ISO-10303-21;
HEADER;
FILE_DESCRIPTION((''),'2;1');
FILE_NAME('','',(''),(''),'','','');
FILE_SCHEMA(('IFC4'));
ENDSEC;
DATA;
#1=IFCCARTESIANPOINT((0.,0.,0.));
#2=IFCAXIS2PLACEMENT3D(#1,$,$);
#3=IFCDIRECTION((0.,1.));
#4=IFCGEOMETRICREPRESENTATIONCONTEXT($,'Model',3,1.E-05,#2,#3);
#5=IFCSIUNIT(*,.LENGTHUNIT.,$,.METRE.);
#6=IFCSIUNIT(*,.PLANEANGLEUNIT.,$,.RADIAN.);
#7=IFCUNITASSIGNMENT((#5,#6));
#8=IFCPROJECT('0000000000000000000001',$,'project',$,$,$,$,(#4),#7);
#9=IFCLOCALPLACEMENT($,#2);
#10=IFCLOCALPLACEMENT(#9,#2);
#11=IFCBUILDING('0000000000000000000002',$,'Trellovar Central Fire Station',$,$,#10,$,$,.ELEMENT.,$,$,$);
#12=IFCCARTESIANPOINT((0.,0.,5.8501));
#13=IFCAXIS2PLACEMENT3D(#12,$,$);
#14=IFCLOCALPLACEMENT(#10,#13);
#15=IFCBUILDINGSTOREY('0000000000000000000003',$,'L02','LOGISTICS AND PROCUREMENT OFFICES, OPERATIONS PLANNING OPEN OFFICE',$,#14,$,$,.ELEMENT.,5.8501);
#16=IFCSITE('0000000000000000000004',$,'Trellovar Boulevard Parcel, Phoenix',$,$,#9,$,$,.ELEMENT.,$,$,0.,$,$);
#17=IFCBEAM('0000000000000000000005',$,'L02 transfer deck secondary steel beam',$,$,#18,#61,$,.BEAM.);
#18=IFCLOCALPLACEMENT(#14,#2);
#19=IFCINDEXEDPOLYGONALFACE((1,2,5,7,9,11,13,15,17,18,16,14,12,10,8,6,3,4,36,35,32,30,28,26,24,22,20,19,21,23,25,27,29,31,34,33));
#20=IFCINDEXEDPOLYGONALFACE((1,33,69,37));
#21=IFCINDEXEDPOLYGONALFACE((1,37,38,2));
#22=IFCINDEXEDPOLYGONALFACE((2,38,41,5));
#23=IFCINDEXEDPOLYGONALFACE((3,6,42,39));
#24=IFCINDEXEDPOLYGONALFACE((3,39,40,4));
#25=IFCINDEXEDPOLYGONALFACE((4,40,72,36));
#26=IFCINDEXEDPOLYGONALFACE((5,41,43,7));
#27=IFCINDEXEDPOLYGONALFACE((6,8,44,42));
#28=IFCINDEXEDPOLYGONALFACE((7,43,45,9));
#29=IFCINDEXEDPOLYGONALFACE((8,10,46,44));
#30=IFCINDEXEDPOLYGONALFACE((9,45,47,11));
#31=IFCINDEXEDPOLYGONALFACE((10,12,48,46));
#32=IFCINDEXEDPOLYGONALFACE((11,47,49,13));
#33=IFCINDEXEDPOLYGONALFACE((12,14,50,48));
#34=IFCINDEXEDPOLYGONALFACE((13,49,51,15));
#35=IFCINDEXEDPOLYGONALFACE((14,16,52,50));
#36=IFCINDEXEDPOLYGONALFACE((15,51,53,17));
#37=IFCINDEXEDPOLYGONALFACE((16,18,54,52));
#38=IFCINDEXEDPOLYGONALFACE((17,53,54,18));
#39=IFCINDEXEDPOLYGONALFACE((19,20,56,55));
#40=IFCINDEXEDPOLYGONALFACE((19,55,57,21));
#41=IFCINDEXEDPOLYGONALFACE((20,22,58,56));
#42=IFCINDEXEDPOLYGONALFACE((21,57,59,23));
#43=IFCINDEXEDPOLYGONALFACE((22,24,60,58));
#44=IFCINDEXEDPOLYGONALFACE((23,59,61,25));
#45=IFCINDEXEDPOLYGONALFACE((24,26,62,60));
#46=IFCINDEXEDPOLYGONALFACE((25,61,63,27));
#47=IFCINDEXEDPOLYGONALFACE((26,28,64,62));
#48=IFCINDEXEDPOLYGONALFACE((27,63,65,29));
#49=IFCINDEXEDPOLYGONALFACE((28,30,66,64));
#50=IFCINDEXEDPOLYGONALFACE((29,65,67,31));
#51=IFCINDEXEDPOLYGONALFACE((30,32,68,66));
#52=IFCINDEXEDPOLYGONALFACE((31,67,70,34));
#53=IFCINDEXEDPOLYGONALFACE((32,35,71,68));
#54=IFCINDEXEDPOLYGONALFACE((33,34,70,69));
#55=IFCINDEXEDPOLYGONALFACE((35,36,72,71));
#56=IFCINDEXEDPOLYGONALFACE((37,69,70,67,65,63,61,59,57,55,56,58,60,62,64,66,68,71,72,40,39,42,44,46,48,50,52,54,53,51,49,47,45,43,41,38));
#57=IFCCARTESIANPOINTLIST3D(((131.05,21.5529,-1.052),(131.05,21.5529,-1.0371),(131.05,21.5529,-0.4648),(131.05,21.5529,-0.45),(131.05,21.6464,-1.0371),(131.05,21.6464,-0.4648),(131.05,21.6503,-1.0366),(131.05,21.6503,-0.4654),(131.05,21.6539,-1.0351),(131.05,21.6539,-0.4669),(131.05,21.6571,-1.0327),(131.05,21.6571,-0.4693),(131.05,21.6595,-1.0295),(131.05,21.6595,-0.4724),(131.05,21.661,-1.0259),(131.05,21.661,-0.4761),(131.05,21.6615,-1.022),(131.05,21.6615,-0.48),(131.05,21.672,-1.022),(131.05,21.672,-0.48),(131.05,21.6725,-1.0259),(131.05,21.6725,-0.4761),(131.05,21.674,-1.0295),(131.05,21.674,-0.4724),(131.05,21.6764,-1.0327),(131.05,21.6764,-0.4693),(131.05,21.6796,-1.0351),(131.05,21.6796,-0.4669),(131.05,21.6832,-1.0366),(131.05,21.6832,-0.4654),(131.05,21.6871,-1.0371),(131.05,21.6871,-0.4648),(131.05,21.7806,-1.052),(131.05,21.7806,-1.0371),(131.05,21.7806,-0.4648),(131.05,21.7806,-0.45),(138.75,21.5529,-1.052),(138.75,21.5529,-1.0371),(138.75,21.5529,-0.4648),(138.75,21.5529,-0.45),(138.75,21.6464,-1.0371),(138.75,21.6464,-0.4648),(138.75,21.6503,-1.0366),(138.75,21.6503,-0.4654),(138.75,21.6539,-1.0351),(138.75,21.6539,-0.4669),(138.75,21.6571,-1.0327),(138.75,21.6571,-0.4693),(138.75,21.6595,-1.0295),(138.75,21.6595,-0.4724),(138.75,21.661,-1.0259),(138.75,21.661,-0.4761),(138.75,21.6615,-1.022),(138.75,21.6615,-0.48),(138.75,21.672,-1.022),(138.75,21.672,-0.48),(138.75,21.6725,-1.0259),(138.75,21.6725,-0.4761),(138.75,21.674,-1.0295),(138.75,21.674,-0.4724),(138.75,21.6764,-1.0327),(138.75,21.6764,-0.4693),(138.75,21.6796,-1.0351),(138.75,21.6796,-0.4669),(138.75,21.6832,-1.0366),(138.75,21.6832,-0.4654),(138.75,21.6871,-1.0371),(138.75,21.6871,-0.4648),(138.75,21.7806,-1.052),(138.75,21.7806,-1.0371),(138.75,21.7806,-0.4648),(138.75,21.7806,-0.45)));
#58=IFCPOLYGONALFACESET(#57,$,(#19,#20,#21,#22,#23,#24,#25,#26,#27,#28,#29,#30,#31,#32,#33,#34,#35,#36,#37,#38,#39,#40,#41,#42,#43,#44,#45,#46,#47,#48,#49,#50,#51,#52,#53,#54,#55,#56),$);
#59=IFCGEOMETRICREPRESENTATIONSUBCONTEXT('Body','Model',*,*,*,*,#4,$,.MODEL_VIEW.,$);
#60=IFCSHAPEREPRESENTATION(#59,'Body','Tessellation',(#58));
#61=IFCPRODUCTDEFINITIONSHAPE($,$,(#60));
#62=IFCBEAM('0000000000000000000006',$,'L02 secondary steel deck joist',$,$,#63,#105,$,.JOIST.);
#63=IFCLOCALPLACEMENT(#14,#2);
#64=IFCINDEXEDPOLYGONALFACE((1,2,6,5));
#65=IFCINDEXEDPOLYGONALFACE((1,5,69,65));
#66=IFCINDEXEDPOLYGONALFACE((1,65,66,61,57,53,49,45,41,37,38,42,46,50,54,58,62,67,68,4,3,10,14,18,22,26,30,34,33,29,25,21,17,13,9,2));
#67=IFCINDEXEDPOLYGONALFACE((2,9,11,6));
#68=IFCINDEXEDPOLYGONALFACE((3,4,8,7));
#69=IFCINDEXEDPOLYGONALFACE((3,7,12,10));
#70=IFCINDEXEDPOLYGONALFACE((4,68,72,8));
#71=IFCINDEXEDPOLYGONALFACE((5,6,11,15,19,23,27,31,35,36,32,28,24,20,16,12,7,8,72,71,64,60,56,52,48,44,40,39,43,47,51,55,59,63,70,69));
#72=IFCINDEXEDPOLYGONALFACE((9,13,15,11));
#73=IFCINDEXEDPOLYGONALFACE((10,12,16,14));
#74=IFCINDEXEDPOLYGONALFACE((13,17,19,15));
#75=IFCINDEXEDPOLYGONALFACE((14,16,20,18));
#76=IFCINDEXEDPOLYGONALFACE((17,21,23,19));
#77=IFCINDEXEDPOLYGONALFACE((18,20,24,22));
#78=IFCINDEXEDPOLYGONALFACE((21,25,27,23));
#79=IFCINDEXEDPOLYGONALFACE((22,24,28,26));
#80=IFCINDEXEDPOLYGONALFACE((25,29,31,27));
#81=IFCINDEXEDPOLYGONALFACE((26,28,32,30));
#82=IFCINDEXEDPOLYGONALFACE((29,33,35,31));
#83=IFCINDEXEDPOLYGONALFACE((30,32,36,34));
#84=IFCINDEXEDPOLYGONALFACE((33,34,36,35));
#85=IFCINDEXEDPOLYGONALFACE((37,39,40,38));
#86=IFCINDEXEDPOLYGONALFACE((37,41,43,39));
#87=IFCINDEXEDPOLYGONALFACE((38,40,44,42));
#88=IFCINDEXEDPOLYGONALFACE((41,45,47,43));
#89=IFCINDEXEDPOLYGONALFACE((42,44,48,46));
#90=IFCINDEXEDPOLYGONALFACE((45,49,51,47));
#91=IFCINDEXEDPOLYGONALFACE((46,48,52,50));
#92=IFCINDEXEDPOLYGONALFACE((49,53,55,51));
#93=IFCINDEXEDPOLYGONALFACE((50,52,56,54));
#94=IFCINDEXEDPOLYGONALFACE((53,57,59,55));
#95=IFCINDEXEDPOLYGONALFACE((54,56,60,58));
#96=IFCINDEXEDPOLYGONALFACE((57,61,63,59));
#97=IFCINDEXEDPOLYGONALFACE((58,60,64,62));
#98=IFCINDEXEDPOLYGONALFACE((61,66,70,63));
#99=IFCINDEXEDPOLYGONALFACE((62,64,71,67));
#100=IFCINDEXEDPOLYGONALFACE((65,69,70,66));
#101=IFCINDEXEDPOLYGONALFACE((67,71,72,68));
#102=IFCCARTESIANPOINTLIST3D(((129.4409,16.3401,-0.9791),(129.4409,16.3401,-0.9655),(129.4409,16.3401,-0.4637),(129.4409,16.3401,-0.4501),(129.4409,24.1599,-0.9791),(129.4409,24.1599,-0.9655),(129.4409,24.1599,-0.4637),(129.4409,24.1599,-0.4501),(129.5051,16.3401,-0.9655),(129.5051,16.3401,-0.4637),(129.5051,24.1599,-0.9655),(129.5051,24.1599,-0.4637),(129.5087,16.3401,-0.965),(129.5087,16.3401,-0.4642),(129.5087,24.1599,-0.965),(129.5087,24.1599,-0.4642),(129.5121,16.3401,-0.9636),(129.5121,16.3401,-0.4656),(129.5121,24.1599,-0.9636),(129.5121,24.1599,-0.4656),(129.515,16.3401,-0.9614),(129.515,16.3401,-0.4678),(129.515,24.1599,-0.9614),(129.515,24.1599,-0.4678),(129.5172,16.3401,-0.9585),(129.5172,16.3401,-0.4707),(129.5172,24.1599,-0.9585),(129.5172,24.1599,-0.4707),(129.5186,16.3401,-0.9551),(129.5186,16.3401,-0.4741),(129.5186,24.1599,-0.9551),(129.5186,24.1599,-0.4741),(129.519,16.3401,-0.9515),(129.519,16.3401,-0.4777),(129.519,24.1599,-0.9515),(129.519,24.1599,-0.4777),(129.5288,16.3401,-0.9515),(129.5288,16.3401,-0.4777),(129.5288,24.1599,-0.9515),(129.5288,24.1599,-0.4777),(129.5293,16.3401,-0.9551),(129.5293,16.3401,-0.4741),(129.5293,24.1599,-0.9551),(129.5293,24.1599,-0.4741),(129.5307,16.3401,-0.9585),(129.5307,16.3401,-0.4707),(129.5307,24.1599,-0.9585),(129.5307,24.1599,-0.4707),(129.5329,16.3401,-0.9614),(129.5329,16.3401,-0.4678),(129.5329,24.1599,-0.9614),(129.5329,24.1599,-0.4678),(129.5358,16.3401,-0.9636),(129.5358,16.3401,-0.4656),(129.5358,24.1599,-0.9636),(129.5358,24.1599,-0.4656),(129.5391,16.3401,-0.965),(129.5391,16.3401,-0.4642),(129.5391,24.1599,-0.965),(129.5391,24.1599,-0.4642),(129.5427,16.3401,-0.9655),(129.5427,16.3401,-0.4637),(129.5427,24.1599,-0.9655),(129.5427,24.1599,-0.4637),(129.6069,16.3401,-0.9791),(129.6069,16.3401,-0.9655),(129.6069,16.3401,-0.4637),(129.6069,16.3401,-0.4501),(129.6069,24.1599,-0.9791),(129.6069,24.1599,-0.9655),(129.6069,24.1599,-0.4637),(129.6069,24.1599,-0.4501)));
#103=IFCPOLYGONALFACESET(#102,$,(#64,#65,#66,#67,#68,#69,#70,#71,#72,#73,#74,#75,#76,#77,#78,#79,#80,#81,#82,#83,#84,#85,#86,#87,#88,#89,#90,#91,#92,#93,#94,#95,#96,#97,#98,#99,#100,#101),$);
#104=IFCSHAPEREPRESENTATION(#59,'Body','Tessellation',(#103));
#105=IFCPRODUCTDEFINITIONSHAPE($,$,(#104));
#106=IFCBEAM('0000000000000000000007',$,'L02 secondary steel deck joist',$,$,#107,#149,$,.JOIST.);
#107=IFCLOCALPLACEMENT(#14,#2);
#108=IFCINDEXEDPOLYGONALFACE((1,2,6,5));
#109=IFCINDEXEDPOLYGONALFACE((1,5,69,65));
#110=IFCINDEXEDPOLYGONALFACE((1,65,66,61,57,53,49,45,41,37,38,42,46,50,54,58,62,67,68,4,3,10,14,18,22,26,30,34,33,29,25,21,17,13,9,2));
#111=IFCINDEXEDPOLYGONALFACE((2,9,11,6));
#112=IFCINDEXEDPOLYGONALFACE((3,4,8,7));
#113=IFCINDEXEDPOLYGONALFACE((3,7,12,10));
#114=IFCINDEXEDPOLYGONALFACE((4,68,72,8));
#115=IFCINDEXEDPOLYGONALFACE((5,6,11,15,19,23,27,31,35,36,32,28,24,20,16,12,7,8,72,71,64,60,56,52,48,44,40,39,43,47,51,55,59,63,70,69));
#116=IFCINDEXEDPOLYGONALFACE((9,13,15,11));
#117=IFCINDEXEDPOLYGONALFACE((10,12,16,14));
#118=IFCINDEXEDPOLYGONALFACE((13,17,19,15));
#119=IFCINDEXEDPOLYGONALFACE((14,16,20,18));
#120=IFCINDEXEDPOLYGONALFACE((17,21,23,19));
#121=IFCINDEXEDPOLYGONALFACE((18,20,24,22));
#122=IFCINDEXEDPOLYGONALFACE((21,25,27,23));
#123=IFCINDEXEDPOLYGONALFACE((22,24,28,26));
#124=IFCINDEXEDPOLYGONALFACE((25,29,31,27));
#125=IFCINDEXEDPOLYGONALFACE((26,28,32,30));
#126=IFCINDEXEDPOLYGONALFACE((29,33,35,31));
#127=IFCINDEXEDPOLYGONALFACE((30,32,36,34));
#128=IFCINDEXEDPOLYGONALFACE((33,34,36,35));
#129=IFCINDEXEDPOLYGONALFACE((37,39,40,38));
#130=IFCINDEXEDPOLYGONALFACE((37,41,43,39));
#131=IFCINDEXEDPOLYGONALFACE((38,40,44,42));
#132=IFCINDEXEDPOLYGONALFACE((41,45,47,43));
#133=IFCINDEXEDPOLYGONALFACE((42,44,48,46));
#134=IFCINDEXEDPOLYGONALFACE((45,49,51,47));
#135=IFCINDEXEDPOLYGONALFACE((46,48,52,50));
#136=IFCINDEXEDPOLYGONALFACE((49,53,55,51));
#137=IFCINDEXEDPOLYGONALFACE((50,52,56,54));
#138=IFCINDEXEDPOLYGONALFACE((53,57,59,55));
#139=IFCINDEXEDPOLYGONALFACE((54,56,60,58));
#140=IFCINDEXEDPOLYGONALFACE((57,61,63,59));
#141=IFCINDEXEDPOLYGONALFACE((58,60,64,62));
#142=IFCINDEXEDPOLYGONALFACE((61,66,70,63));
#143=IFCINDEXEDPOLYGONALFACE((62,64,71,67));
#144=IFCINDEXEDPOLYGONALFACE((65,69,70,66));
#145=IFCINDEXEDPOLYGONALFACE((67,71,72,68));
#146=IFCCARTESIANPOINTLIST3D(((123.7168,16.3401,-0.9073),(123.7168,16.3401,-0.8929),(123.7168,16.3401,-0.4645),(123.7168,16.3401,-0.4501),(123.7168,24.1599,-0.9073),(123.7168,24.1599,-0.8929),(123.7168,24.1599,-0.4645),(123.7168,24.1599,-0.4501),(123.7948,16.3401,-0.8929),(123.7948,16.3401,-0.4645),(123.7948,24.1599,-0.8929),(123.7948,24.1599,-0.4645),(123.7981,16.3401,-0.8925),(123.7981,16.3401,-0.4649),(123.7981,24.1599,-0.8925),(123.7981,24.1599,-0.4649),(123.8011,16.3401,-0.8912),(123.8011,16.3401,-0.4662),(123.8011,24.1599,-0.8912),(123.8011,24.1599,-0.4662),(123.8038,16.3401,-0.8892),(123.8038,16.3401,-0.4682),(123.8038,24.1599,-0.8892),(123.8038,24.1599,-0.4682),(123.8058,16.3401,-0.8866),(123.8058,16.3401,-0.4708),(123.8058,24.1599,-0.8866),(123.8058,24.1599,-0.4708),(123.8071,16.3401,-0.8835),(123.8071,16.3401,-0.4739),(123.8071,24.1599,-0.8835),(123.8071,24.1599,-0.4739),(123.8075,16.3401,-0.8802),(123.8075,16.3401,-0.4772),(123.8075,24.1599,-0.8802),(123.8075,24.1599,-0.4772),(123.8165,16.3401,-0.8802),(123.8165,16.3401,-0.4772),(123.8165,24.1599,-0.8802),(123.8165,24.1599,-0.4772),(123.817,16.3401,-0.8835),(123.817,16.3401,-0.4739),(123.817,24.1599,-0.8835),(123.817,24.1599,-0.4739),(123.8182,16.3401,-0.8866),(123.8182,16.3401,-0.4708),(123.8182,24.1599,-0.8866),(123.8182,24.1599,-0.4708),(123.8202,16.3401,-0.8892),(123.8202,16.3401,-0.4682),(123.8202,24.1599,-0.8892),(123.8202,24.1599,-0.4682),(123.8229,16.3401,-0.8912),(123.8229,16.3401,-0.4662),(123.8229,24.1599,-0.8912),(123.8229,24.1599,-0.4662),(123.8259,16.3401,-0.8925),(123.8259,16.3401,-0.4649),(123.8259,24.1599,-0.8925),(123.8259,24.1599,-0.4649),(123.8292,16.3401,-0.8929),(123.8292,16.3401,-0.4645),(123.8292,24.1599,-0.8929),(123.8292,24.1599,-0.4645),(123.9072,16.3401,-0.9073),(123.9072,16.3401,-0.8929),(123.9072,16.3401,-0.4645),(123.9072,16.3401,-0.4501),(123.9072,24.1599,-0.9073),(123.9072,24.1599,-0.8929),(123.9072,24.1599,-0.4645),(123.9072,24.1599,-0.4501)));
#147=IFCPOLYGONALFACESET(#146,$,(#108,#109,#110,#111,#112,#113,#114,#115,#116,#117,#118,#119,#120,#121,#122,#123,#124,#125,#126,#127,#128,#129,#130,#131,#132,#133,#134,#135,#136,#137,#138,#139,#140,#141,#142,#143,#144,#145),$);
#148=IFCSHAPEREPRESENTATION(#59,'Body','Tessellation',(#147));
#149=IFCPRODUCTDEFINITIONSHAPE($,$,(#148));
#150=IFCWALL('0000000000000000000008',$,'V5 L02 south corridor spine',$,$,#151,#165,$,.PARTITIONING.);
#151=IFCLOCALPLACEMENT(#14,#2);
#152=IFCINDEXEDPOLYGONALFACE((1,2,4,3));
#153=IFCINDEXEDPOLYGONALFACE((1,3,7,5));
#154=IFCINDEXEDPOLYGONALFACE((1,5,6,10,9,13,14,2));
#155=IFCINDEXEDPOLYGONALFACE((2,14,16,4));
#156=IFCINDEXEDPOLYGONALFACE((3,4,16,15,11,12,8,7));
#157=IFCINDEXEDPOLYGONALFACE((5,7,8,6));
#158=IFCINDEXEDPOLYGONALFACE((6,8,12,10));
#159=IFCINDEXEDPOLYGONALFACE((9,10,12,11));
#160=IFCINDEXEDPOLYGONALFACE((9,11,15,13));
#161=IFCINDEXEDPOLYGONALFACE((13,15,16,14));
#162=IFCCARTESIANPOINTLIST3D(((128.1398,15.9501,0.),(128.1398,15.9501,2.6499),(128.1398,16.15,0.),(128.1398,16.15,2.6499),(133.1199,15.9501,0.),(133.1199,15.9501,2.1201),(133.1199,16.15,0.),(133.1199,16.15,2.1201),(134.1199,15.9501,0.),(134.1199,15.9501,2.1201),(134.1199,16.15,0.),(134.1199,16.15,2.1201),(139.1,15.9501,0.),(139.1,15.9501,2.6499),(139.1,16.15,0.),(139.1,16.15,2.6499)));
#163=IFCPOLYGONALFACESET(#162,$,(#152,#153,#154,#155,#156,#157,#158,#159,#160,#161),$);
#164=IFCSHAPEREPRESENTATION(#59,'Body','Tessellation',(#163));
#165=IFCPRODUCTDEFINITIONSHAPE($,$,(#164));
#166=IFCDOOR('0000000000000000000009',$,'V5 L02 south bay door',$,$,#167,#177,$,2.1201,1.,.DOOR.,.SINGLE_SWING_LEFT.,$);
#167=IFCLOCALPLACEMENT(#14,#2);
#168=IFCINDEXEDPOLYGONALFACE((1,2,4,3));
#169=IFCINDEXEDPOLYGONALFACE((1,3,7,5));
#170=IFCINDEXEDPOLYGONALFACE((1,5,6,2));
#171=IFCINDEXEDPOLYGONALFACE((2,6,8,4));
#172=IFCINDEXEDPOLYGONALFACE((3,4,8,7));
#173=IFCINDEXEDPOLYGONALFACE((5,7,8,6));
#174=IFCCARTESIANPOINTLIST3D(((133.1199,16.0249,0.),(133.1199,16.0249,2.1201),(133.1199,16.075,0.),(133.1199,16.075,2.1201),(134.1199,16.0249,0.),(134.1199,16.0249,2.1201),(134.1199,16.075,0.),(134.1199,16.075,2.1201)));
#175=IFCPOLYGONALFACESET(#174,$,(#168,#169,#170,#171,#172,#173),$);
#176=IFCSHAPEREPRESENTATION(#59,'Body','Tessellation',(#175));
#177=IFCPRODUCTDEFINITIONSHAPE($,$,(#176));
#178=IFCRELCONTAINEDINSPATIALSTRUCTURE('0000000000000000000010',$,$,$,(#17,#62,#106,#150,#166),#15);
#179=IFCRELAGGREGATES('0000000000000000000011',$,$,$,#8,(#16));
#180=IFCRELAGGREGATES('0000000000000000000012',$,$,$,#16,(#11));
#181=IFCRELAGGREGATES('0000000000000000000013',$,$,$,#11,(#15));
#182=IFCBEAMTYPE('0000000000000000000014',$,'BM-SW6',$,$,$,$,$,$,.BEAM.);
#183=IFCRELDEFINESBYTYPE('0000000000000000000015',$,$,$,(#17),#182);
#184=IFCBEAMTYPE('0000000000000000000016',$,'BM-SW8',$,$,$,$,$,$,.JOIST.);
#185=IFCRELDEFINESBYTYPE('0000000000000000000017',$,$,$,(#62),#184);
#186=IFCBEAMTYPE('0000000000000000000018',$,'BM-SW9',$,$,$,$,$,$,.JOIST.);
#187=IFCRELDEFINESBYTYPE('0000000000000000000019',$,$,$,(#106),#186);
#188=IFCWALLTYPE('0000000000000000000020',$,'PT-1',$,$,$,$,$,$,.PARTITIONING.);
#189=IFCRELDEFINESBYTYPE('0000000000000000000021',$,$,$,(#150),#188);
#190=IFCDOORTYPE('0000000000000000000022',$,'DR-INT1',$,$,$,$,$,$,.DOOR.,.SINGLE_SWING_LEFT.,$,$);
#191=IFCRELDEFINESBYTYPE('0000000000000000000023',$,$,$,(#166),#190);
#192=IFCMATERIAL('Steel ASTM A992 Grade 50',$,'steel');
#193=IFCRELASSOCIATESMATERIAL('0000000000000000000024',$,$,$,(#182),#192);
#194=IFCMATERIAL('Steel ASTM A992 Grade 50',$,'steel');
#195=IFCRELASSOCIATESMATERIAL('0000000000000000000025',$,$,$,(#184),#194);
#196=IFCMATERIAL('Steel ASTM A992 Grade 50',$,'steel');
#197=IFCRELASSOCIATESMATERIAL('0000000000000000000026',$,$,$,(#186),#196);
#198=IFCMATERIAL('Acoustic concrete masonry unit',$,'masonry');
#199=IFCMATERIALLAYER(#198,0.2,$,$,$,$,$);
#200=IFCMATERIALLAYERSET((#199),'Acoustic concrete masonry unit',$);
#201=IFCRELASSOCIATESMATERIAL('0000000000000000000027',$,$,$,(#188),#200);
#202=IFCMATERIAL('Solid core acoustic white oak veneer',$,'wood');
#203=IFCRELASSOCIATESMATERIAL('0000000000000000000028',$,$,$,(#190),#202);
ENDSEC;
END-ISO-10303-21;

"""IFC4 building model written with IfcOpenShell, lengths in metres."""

from ifc_helpers import new_model, si_unit, direction, frame, frame_2d, origin, origin_2d, place, context, subcontext, project, spatial, rectangle, i_section, extrude, material, layer, layer_set, material_profile, profile_set, type_object, element, fill, save


model = new_model("IFC4")

# Units and contexts
model_context = context("Model", 3, precision=1e-05, world=origin(), true_north=direction((0.0, 1.0)))
body_context = subcontext(model_context, "Body", "Model", "MODEL_VIEW")
ifc_project = project(units=[si_unit("LENGTHUNIT", "METRE"), si_unit("PLANEANGLEUNIT", "RADIAN")], contexts=[model_context])

# Site, building, storey
site_placement = place(None, origin())
site = spatial("IfcSite", under=ifc_project, at=site_placement, Name="Trellovar Boulevard Parcel, Phoenix", CompositionType="ELEMENT", RefElevation=0.0)
building_placement = place(site_placement, origin())
building = spatial("IfcBuilding", under=site, at=building_placement, Name="Trellovar Central Fire Station", CompositionType="ELEMENT")
storey_placement = place(building_placement, frame((0.0, 0.0, 5.8501)))
storey = spatial("IfcBuildingStorey", under=building, at=storey_placement, Name="L02", Description="LOGISTICS AND PROCUREMENT OFFICES, OPERATIONS PLANNING OPEN OFFICE", CompositionType="ELEMENT", Elevation=5.8501)

# Beams
ifc_material_1 = material(Name="Steel ASTM A992 Grade 50", Category="steel")
ifc_material_profile_1 = material_profile(ifc_material_1, i_section(OverallWidth=0.2278, OverallDepth=0.6021, WebThickness=0.0105, FlangeThickness=0.0149, FilletRadius=0.0151, at=origin_2d()), Name="W24X68")
ifc_profile_set_1 = profile_set([ifc_material_profile_1], Name="Steel ASTM A992 Grade 50")
beam_type_1 = type_object("IfcBeamType", Name="BM-SW6", PredefinedType="BEAM", material=ifc_profile_set_1)
for number, where, z_axis, x_axis, name in (
    (1, (131.05, 21.6667, -0.751), (1.0, 0.0, 0.0), (0.0, 1.0, 0.0), "L02 transfer deck secondary steel beam"),
):
    element("IfcBeam", number, at=place(storey_placement, frame(where, z_axis=z_axis, x_axis=x_axis)), inside=storey, type_object=beam_type_1, Name=name, PredefinedType="BEAM", context=body_context, shape_type="SweptSolid", body=[
        extrude(i_section(OverallWidth=0.2278, OverallDepth=0.6021, WebThickness=0.0105, FlangeThickness=0.0149, FilletRadius=0.0151, at=origin_2d()), origin(), (0.0, 0.0, 1.0), 7.7),
    ])
ifc_material_2 = material(Name="Steel ASTM A992 Grade 50", Category="steel")
ifc_material_profile_2 = material_profile(ifc_material_2, i_section(OverallWidth=0.166, OverallDepth=0.5291, WebThickness=0.0098, FlangeThickness=0.0137, FilletRadius=0.0139, at=origin_2d()), Name="W21X50")
ifc_profile_set_2 = profile_set([ifc_material_profile_2], Name="Steel ASTM A992 Grade 50")
beam_type_2 = type_object("IfcBeamType", Name="BM-SW8", PredefinedType="JOIST", material=ifc_profile_set_2)
beam_1_placement = place(storey_placement, frame((129.5239, 16.3401, -0.7146), z_axis=(0.0, 1.0, 0.0), x_axis=(-1.0, 0.0, 0.0)))
element("IfcBeam", 2, at=beam_1_placement, inside=storey, type_object=beam_type_2, Name="L02 secondary steel deck joist", PredefinedType="JOIST", context=body_context, shape_type="SweptSolid", body=[
    extrude(i_section(OverallWidth=0.166, OverallDepth=0.5291, WebThickness=0.0098, FlangeThickness=0.0137, FilletRadius=0.0139, at=origin_2d()), origin(), (0.0, 0.0, 1.0), 7.8198),
])
ifc_material_3 = material(Name="Steel ASTM A992 Grade 50", Category="steel")
ifc_material_profile_3 = material_profile(ifc_material_3, i_section(OverallWidth=0.1904, OverallDepth=0.4573, WebThickness=0.009, FlangeThickness=0.0144, FilletRadius=0.0127, at=origin_2d()), Name="W18X50")
ifc_profile_set_3 = profile_set([ifc_material_profile_3], Name="Steel ASTM A992 Grade 50")
beam_type_3 = type_object("IfcBeamType", Name="BM-SW9", PredefinedType="JOIST", material=ifc_profile_set_3)
beam_2_placement = place(storey_placement, frame((123.812, 16.3401, -0.6787), z_axis=(0.0, 1.0, 0.0), x_axis=(-1.0, 0.0, 0.0)))
element("IfcBeam", 3, at=beam_2_placement, inside=storey, type_object=beam_type_3, Name="L02 secondary steel deck joist", PredefinedType="JOIST", context=body_context, shape_type="SweptSolid", body=[
    extrude(i_section(OverallWidth=0.1904, OverallDepth=0.4573, WebThickness=0.009, FlangeThickness=0.0144, FilletRadius=0.0127, at=origin_2d()), origin(), (0.0, 0.0, 1.0), 7.8198),
])

# Wall, opening, door
ifc_material_4 = material(Name="Acoustic concrete masonry unit", Category="masonry")
ifc_layer_1 = layer(ifc_material_4, 0.2)
ifc_layer_set_1 = layer_set([ifc_layer_1], Name="Acoustic concrete masonry unit")
wall_type_1 = type_object("IfcWallType", Name="PT-1", PredefinedType="PARTITIONING", material=ifc_layer_set_1)
wall_1_placement = place(storey_placement, frame((128.1399, 16.05, 0.0), z_axis=(0.0, 0.0, 1.0), x_axis=(1.0, 0.0, 0.0)))
wall_1 = element("IfcWall", 4, at=wall_1_placement, inside=storey, type_object=wall_type_1, Name="V5 L02 south corridor spine", PredefinedType="PARTITIONING", context=body_context, shape_type="SweptSolid", body=[
    extrude(rectangle(XDim=10.9602, YDim=0.2, at=frame_2d((5.48, 0.0))), origin(), (0.0, 0.0, 1.0), 2.6499),
])
opening_1_placement = place(wall_1_placement, frame((4.98, 0.0, 0.0)))
opening_1 = element("IfcOpeningElement", 5, at=opening_1_placement, cuts=wall_1, PredefinedType="OPENING", context=body_context, shape_type="SweptSolid", body=[
    extrude(rectangle(XDim=1.0, YDim=2.1201, at=frame_2d((0.5, 1.0601))), frame((0.0, 0.1099, 0.0), z_axis=(0.0, -1.0, 0.0), x_axis=(1.0, 0.0, 0.0)), (0.0, 0.0, 1.0), 0.22),
])
ifc_material_5 = material(Name="Solid core acoustic white oak veneer", Category="wood")
door_type_1 = type_object("IfcDoorType", Name="DR-INT1", OperationType="SINGLE_SWING_LEFT", PredefinedType="DOOR", material=ifc_material_5)
door_1_placement = place(opening_1_placement, origin())
door_1 = element("IfcDoor", 6, at=door_1_placement, inside=storey, type_object=door_type_1, Name="V5 L02 south bay door", OperationType="SINGLE_SWING_LEFT", OverallHeight=2.1201, OverallWidth=1.0, PredefinedType="DOOR", context=body_context, shape_type="SweptSolid", body=[
    extrude(rectangle(XDim=1.0, YDim=2.1201, at=frame_2d((0.5, 1.0601))), frame((0.0, 0.0249, 0.0), z_axis=(0.0, -1.0, 0.0), x_axis=(1.0, 0.0, 0.0)), (0.0, 0.0, 1.0), 0.05),
])
fill(opening_1, door_1)

save(model, "model.ifc")
